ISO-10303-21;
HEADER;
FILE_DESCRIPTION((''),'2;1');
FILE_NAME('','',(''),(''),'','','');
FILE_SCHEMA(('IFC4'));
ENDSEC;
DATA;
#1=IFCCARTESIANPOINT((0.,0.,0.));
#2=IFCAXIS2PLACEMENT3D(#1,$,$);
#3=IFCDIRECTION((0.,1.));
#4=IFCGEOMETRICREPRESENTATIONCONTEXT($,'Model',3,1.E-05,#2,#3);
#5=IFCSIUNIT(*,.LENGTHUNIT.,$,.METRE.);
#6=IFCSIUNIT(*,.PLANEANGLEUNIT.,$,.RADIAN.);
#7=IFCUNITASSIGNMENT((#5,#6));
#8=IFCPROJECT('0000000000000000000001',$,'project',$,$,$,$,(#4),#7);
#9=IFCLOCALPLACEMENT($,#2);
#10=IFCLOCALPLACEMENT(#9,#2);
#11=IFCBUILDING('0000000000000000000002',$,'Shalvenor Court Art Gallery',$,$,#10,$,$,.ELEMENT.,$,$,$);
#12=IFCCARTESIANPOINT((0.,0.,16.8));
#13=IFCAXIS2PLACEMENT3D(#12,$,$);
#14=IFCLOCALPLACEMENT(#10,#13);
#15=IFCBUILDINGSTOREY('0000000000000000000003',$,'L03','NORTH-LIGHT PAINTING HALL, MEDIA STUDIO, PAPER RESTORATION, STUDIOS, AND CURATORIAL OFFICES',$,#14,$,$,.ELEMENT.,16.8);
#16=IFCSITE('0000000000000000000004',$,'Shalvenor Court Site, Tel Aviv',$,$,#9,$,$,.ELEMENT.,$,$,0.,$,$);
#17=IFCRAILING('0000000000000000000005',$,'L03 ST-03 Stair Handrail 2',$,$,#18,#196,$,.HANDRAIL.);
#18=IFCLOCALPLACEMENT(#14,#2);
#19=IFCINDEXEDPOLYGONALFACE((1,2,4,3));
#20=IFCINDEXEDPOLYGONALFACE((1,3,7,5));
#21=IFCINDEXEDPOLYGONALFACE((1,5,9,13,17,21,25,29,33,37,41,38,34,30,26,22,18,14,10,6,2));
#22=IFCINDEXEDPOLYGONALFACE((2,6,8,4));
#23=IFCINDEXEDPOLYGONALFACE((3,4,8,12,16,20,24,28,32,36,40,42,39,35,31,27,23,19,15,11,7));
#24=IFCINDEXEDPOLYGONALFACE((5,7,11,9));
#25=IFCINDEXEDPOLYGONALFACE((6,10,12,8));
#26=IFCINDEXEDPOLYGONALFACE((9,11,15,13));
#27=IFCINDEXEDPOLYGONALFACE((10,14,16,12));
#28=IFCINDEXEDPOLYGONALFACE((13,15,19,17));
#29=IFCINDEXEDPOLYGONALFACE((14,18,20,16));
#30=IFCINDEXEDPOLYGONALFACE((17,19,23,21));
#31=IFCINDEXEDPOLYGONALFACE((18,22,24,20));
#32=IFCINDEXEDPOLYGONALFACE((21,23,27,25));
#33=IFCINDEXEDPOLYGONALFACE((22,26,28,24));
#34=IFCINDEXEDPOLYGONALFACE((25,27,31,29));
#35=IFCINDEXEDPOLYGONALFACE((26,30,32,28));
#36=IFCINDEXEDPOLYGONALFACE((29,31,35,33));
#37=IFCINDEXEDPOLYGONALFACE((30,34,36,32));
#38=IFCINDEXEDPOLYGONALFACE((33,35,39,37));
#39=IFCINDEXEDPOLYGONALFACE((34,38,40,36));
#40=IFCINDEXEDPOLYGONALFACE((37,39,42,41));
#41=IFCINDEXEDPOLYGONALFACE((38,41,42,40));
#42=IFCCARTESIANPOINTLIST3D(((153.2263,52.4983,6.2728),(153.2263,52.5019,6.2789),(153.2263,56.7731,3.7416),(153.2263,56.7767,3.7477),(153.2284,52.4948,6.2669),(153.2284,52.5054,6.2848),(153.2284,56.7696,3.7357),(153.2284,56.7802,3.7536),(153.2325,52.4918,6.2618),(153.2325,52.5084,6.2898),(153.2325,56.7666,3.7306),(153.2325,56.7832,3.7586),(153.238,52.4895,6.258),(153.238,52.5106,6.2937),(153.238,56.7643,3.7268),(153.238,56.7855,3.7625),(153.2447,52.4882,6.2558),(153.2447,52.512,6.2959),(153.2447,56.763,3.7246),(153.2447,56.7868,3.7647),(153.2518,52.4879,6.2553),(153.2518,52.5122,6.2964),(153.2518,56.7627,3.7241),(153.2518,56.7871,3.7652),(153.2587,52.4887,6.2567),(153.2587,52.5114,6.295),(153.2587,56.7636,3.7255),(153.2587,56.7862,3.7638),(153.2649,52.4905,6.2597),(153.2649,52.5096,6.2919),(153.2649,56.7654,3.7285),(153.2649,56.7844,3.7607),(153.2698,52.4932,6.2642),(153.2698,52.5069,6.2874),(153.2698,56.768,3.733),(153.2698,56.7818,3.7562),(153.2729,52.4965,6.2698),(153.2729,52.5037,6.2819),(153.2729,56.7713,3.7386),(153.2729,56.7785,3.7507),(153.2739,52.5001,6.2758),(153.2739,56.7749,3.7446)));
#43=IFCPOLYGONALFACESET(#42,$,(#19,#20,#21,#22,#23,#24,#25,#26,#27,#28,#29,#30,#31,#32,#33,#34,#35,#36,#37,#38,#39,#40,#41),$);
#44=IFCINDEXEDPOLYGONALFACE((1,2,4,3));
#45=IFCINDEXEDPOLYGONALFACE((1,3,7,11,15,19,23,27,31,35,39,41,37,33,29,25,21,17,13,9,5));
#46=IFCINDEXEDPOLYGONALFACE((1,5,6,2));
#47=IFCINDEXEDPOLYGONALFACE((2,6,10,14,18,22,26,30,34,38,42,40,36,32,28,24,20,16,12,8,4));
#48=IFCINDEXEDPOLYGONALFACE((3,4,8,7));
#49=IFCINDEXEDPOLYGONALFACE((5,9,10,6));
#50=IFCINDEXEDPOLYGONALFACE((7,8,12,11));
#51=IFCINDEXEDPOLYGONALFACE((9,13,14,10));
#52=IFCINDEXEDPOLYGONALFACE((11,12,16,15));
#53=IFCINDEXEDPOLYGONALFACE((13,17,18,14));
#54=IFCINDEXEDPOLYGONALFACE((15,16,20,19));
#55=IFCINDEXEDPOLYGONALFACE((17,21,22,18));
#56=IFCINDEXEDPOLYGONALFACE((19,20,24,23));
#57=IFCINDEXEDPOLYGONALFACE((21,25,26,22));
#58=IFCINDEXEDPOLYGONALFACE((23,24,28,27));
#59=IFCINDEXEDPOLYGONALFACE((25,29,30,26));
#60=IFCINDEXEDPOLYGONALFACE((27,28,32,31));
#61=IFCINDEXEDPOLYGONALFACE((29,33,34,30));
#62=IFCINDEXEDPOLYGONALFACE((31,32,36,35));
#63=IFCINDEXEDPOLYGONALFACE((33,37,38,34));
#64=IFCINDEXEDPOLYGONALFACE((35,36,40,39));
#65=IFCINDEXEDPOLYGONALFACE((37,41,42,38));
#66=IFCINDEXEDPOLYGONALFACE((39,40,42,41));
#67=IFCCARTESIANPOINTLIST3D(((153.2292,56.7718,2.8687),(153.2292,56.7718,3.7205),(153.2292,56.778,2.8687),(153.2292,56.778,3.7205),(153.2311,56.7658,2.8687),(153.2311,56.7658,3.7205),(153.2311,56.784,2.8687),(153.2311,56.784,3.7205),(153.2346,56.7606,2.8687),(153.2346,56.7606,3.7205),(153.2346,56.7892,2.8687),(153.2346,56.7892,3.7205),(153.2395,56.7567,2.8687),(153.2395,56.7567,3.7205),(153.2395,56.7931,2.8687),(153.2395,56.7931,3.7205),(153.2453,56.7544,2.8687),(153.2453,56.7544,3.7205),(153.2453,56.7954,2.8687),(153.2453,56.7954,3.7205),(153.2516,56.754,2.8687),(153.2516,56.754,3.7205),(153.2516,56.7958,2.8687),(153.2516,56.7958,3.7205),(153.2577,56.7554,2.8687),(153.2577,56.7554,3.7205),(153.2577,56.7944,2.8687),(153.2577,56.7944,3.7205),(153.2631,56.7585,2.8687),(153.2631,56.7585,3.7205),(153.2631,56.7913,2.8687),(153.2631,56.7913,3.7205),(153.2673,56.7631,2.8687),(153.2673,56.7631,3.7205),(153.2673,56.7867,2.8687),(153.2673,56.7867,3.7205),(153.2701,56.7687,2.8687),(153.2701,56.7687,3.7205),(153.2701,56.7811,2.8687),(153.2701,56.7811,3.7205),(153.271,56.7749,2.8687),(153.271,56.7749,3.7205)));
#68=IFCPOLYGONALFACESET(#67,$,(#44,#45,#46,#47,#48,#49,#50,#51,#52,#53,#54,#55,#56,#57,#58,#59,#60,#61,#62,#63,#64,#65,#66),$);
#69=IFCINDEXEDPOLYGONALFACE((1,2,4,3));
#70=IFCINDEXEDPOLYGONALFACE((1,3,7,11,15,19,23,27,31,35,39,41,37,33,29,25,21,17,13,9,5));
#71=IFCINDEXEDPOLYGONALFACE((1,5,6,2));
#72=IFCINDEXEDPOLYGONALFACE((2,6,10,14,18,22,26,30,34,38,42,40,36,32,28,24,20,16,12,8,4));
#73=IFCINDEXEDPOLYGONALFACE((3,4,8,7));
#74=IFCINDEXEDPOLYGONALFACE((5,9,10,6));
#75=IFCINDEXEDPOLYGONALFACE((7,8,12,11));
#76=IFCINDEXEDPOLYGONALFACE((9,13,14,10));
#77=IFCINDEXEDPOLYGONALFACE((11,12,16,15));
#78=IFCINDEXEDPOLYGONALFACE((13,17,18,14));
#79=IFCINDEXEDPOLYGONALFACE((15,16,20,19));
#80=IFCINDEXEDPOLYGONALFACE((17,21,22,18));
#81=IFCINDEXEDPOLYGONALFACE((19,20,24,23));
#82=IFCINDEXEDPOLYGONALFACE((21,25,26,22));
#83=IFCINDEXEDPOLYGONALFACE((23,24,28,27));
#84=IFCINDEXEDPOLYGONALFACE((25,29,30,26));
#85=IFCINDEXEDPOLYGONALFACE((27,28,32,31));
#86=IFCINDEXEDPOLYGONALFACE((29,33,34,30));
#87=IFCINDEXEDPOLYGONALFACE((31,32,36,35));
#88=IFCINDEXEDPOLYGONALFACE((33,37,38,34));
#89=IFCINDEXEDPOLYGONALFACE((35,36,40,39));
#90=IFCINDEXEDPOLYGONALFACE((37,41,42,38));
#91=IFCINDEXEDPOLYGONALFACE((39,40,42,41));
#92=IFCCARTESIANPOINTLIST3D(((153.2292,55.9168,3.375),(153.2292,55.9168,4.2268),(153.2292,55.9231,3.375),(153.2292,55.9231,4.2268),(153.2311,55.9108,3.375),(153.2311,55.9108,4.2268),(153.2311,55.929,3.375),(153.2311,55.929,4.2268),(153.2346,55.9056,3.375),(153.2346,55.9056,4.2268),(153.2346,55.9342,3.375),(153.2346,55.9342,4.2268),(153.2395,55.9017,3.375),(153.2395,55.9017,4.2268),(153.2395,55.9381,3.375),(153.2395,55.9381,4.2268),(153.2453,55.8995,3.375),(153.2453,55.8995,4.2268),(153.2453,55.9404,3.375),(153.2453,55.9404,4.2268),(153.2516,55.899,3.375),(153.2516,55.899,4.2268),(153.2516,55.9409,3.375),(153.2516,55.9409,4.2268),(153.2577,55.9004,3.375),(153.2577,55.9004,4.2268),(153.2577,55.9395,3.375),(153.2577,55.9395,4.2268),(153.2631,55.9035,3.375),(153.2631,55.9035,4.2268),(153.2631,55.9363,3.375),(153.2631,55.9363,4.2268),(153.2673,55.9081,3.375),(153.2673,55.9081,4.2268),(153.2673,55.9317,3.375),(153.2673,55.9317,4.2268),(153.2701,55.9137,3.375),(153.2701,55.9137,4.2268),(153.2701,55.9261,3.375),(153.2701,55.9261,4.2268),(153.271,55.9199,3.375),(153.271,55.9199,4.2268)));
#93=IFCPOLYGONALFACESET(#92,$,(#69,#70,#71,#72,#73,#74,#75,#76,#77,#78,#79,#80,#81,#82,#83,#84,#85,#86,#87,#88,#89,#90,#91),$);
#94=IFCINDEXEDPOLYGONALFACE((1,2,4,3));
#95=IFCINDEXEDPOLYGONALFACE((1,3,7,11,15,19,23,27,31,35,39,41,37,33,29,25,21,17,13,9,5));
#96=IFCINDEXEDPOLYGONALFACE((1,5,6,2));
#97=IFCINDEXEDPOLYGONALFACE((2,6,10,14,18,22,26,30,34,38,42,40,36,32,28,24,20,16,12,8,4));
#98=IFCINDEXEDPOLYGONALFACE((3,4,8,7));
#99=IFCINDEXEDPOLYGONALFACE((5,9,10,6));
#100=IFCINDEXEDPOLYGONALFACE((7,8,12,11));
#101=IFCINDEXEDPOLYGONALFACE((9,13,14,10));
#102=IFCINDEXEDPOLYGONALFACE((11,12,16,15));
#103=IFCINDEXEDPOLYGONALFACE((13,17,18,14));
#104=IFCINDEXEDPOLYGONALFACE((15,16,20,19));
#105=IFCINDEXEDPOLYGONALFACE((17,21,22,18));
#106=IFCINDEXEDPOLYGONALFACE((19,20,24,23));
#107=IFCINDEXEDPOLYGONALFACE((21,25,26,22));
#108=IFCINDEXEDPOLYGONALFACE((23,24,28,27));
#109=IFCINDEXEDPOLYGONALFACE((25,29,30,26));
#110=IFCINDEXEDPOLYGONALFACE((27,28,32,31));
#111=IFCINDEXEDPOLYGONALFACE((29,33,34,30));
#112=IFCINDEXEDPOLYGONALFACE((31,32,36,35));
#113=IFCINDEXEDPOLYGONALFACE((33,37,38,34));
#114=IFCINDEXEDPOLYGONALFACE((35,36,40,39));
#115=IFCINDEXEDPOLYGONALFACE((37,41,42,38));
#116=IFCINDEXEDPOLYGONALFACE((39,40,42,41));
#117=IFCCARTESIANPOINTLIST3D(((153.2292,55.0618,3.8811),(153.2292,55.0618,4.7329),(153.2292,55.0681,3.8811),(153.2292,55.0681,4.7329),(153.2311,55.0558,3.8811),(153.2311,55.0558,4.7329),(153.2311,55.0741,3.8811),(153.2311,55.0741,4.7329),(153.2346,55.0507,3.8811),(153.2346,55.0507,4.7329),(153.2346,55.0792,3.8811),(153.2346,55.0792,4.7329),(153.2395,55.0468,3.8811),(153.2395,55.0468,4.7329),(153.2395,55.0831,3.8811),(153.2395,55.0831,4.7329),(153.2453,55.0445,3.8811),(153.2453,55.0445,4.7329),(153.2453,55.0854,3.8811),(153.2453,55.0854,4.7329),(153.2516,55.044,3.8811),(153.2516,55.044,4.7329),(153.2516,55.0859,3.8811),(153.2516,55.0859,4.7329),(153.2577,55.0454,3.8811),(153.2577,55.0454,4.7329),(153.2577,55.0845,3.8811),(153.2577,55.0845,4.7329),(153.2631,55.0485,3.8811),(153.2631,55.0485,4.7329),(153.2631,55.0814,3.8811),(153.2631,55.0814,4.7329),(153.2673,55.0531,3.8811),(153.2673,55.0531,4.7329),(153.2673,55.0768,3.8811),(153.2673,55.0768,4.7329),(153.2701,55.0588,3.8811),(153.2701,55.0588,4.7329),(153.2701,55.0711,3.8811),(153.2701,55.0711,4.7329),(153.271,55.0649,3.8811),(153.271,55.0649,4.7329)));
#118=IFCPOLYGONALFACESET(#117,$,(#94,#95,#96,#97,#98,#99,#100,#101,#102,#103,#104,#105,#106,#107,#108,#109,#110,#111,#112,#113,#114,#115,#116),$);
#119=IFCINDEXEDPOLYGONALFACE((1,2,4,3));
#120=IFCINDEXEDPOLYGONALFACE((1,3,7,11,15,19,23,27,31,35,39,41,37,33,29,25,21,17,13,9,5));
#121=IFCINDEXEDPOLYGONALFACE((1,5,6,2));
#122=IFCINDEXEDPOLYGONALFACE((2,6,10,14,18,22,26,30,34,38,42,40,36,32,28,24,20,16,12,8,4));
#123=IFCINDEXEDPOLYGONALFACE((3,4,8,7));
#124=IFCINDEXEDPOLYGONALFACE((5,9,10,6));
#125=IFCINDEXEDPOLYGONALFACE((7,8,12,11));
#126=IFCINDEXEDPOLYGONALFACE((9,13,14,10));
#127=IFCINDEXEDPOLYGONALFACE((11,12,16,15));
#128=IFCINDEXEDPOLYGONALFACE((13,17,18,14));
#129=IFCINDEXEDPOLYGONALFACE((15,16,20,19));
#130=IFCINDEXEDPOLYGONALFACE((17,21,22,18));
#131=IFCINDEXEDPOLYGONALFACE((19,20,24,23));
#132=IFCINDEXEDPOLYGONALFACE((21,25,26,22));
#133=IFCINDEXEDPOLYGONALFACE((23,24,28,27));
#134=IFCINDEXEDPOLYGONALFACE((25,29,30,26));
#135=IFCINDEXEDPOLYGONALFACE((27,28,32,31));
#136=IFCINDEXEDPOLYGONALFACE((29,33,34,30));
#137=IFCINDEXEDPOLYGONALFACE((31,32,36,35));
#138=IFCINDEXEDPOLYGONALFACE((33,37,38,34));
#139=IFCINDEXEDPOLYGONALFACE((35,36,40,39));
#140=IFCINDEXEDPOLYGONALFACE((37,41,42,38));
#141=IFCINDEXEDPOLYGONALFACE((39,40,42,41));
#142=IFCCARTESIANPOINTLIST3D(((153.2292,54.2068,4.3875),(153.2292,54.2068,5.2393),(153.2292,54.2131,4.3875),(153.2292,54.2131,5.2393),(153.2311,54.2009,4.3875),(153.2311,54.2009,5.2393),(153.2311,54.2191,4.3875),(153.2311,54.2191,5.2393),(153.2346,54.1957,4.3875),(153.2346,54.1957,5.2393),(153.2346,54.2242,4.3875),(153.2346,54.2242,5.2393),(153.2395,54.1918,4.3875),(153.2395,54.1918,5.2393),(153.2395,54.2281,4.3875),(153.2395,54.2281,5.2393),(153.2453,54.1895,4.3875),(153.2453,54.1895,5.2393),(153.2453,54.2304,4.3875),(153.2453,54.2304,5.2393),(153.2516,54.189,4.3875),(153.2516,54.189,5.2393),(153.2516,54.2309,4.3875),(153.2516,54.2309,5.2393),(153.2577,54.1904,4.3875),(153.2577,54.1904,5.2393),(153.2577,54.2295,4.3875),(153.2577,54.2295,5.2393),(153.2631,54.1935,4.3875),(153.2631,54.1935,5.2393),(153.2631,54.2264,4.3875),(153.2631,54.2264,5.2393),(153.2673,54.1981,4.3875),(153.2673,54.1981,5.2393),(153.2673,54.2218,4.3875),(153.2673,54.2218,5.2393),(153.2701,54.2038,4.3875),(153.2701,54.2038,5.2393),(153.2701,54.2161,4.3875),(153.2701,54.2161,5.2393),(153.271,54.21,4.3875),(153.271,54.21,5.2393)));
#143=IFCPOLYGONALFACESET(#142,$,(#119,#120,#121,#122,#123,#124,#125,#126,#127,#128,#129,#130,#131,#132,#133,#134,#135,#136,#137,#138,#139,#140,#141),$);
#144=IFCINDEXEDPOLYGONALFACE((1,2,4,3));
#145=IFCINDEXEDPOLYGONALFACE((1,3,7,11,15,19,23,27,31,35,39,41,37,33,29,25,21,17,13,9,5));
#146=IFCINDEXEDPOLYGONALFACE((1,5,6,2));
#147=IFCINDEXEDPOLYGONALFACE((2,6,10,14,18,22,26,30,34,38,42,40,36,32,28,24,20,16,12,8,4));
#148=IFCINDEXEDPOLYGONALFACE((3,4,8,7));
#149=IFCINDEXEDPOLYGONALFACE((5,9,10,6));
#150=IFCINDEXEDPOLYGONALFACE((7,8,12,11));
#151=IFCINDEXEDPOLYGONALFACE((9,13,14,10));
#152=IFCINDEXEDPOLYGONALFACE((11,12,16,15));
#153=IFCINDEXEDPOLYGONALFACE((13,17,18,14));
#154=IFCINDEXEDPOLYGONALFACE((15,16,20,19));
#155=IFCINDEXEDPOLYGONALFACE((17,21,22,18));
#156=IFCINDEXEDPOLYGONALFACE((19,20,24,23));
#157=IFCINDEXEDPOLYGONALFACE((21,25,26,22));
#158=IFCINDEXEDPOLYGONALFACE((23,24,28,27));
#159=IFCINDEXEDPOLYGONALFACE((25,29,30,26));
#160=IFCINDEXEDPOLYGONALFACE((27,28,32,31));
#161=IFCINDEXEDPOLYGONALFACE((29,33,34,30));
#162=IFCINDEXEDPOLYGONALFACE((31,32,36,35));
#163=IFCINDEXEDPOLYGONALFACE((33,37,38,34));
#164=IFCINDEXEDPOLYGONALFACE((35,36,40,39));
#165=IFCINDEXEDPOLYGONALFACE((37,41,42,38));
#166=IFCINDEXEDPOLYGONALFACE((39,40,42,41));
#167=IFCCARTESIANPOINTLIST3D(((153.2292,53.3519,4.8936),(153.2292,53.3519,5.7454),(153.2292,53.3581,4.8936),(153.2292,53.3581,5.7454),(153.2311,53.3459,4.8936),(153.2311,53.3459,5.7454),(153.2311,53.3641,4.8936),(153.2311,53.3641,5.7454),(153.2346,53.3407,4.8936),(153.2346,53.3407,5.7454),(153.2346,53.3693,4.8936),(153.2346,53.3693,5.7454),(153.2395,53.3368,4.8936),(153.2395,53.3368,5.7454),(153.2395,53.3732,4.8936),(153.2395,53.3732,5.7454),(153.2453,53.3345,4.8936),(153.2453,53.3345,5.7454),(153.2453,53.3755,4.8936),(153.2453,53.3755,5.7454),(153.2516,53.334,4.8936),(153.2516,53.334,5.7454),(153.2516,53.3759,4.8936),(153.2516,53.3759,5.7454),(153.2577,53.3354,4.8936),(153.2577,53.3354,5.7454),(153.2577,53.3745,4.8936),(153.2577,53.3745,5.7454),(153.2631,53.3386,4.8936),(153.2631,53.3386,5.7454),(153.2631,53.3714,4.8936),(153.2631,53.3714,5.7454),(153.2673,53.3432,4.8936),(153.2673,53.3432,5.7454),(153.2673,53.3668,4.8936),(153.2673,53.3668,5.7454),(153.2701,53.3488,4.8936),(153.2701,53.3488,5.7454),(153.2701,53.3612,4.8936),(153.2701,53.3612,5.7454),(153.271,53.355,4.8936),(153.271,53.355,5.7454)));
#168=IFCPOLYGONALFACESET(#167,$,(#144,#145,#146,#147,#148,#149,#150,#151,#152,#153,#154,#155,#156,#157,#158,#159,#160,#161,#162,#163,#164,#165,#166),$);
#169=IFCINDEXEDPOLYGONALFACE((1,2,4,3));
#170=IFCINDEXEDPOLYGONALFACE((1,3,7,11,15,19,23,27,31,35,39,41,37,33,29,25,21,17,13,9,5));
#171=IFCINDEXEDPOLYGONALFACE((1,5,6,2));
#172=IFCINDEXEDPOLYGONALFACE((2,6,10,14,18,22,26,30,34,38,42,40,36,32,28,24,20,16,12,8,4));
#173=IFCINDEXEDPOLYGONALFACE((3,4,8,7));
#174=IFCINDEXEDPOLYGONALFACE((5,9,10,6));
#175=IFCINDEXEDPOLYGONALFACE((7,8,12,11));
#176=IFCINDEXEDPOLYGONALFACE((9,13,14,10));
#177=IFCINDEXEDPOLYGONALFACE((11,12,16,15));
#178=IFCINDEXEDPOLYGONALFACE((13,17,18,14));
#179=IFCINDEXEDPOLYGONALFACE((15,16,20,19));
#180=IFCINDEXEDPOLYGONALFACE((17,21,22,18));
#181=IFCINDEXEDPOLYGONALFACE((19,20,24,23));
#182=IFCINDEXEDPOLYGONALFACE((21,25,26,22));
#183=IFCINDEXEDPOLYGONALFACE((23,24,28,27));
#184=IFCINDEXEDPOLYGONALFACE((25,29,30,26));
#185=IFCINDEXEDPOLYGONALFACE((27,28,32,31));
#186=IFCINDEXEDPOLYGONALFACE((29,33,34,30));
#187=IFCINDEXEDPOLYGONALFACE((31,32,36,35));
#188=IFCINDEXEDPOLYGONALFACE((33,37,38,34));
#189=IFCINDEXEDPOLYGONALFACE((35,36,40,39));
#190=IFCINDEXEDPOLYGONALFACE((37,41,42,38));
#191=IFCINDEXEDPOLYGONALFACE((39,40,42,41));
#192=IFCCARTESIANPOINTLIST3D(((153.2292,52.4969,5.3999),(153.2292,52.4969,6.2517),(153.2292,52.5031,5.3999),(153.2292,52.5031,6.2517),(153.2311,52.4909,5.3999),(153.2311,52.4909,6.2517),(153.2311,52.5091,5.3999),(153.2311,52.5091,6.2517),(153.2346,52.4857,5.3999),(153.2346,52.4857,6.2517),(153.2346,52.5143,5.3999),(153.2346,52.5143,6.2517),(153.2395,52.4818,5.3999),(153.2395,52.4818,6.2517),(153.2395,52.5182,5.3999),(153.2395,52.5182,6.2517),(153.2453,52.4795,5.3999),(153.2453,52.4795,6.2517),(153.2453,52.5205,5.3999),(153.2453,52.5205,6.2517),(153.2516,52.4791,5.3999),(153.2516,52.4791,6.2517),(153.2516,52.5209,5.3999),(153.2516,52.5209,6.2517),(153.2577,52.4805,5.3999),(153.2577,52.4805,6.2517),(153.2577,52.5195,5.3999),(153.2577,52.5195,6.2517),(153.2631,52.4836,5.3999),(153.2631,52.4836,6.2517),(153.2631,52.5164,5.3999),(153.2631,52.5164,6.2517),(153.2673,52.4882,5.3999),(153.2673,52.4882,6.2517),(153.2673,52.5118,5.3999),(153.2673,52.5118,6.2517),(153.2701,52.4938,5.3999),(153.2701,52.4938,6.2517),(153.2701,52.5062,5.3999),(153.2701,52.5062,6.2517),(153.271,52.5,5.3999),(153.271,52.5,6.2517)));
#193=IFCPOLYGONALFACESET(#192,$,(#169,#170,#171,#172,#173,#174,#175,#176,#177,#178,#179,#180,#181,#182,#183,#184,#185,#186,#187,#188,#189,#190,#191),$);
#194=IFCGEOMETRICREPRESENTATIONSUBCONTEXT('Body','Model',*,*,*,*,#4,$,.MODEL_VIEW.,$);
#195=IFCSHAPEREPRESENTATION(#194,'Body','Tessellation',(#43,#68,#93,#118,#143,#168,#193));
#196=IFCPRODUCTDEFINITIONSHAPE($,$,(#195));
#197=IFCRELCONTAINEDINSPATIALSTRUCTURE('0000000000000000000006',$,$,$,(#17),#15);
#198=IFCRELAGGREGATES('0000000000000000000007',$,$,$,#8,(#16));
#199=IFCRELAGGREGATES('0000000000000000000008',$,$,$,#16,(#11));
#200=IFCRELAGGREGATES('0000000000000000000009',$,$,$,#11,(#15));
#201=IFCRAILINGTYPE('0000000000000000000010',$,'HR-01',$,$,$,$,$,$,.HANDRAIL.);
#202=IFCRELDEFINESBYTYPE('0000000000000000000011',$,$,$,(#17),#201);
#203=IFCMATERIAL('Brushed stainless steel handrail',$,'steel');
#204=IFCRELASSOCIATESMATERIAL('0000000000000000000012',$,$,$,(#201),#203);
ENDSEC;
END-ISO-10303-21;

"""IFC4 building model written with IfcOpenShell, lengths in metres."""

from ifc_helpers import new_model, si_unit, direction, frame, origin, origin_2d, place, context, subcontext, project, spatial, circle, extrude, material, type_object, element, save


model = new_model("IFC4")

# Units and contexts
model_context = context("Model", 3, precision=1e-05, world=origin(), true_north=direction((0.0, 1.0)))
body_context = subcontext(model_context, "Body", "Model", "MODEL_VIEW")
ifc_project = project(units=[si_unit("LENGTHUNIT", "METRE"), si_unit("PLANEANGLEUNIT", "RADIAN")], contexts=[model_context])

# Site, building, storey
site_placement = place(None, origin())
site = spatial("IfcSite", under=ifc_project, at=site_placement, Name="Shalvenor Court Site, Tel Aviv", CompositionType="ELEMENT", RefElevation=0.0)
building_placement = place(site_placement, origin())
building = spatial("IfcBuilding", under=site, at=building_placement, Name="Shalvenor Court Art Gallery", CompositionType="ELEMENT")
storey_placement = place(building_placement, frame((0.0, 0.0, 16.8)))
storey = spatial("IfcBuildingStorey", under=building, at=storey_placement, Name="L03", Description="NORTH-LIGHT PAINTING HALL, MEDIA STUDIO, PAPER RESTORATION, STUDIOS, AND CURATORIAL OFFICES", CompositionType="ELEMENT", Elevation=16.8)

# Railing
ifc_material_1 = material(Name="Brushed stainless steel handrail", Category="steel")
railing_type_1 = type_object("IfcRailingType", Name="HR-01", PredefinedType="HANDRAIL", material=ifc_material_1)
railing_1_placement = place(storey_placement, frame((153.25, 56.7749, 2.8687)))
element("IfcRailing", 1, at=railing_1_placement, inside=storey, type_object=railing_type_1, Name="L03 ST-03 Stair Handrail 2", PredefinedType="HANDRAIL", context=body_context, shape_type="SweptSolid", body=[
    extrude(circle(Radius=0.0239, at=origin_2d()), frame((0.0, 0.0, 0.876), z_axis=(0.0, -0.86047, 0.509501), x_axis=(1.0, 0.0, 0.0)), (0.0, 0.0, 1.0), 4.968),
    extrude(circle(Radius=0.021, at=origin_2d()), origin(), (0.0, 0.0, 1.0), 0.8518),
    extrude(circle(Radius=0.021, at=origin_2d()), frame((0.0, -0.855, 0.5063)), (0.0, 0.0, 1.0), 0.8518),
    extrude(circle(Radius=0.021, at=origin_2d()), frame((0.0, -1.71, 1.0125)), (0.0, 0.0, 1.0), 0.8518),
    extrude(circle(Radius=0.021, at=origin_2d()), frame((0.0, -2.5649, 1.5188)), (0.0, 0.0, 1.0), 0.8518),
    extrude(circle(Radius=0.021, at=origin_2d()), frame((0.0, -3.4199, 2.0249)), (0.0, 0.0, 1.0), 0.8518),
    extrude(circle(Radius=0.021, at=origin_2d()), frame((0.0, -4.2749, 2.5312)), (0.0, 0.0, 1.0), 0.8518),
])

save(model, "model.ifc")
